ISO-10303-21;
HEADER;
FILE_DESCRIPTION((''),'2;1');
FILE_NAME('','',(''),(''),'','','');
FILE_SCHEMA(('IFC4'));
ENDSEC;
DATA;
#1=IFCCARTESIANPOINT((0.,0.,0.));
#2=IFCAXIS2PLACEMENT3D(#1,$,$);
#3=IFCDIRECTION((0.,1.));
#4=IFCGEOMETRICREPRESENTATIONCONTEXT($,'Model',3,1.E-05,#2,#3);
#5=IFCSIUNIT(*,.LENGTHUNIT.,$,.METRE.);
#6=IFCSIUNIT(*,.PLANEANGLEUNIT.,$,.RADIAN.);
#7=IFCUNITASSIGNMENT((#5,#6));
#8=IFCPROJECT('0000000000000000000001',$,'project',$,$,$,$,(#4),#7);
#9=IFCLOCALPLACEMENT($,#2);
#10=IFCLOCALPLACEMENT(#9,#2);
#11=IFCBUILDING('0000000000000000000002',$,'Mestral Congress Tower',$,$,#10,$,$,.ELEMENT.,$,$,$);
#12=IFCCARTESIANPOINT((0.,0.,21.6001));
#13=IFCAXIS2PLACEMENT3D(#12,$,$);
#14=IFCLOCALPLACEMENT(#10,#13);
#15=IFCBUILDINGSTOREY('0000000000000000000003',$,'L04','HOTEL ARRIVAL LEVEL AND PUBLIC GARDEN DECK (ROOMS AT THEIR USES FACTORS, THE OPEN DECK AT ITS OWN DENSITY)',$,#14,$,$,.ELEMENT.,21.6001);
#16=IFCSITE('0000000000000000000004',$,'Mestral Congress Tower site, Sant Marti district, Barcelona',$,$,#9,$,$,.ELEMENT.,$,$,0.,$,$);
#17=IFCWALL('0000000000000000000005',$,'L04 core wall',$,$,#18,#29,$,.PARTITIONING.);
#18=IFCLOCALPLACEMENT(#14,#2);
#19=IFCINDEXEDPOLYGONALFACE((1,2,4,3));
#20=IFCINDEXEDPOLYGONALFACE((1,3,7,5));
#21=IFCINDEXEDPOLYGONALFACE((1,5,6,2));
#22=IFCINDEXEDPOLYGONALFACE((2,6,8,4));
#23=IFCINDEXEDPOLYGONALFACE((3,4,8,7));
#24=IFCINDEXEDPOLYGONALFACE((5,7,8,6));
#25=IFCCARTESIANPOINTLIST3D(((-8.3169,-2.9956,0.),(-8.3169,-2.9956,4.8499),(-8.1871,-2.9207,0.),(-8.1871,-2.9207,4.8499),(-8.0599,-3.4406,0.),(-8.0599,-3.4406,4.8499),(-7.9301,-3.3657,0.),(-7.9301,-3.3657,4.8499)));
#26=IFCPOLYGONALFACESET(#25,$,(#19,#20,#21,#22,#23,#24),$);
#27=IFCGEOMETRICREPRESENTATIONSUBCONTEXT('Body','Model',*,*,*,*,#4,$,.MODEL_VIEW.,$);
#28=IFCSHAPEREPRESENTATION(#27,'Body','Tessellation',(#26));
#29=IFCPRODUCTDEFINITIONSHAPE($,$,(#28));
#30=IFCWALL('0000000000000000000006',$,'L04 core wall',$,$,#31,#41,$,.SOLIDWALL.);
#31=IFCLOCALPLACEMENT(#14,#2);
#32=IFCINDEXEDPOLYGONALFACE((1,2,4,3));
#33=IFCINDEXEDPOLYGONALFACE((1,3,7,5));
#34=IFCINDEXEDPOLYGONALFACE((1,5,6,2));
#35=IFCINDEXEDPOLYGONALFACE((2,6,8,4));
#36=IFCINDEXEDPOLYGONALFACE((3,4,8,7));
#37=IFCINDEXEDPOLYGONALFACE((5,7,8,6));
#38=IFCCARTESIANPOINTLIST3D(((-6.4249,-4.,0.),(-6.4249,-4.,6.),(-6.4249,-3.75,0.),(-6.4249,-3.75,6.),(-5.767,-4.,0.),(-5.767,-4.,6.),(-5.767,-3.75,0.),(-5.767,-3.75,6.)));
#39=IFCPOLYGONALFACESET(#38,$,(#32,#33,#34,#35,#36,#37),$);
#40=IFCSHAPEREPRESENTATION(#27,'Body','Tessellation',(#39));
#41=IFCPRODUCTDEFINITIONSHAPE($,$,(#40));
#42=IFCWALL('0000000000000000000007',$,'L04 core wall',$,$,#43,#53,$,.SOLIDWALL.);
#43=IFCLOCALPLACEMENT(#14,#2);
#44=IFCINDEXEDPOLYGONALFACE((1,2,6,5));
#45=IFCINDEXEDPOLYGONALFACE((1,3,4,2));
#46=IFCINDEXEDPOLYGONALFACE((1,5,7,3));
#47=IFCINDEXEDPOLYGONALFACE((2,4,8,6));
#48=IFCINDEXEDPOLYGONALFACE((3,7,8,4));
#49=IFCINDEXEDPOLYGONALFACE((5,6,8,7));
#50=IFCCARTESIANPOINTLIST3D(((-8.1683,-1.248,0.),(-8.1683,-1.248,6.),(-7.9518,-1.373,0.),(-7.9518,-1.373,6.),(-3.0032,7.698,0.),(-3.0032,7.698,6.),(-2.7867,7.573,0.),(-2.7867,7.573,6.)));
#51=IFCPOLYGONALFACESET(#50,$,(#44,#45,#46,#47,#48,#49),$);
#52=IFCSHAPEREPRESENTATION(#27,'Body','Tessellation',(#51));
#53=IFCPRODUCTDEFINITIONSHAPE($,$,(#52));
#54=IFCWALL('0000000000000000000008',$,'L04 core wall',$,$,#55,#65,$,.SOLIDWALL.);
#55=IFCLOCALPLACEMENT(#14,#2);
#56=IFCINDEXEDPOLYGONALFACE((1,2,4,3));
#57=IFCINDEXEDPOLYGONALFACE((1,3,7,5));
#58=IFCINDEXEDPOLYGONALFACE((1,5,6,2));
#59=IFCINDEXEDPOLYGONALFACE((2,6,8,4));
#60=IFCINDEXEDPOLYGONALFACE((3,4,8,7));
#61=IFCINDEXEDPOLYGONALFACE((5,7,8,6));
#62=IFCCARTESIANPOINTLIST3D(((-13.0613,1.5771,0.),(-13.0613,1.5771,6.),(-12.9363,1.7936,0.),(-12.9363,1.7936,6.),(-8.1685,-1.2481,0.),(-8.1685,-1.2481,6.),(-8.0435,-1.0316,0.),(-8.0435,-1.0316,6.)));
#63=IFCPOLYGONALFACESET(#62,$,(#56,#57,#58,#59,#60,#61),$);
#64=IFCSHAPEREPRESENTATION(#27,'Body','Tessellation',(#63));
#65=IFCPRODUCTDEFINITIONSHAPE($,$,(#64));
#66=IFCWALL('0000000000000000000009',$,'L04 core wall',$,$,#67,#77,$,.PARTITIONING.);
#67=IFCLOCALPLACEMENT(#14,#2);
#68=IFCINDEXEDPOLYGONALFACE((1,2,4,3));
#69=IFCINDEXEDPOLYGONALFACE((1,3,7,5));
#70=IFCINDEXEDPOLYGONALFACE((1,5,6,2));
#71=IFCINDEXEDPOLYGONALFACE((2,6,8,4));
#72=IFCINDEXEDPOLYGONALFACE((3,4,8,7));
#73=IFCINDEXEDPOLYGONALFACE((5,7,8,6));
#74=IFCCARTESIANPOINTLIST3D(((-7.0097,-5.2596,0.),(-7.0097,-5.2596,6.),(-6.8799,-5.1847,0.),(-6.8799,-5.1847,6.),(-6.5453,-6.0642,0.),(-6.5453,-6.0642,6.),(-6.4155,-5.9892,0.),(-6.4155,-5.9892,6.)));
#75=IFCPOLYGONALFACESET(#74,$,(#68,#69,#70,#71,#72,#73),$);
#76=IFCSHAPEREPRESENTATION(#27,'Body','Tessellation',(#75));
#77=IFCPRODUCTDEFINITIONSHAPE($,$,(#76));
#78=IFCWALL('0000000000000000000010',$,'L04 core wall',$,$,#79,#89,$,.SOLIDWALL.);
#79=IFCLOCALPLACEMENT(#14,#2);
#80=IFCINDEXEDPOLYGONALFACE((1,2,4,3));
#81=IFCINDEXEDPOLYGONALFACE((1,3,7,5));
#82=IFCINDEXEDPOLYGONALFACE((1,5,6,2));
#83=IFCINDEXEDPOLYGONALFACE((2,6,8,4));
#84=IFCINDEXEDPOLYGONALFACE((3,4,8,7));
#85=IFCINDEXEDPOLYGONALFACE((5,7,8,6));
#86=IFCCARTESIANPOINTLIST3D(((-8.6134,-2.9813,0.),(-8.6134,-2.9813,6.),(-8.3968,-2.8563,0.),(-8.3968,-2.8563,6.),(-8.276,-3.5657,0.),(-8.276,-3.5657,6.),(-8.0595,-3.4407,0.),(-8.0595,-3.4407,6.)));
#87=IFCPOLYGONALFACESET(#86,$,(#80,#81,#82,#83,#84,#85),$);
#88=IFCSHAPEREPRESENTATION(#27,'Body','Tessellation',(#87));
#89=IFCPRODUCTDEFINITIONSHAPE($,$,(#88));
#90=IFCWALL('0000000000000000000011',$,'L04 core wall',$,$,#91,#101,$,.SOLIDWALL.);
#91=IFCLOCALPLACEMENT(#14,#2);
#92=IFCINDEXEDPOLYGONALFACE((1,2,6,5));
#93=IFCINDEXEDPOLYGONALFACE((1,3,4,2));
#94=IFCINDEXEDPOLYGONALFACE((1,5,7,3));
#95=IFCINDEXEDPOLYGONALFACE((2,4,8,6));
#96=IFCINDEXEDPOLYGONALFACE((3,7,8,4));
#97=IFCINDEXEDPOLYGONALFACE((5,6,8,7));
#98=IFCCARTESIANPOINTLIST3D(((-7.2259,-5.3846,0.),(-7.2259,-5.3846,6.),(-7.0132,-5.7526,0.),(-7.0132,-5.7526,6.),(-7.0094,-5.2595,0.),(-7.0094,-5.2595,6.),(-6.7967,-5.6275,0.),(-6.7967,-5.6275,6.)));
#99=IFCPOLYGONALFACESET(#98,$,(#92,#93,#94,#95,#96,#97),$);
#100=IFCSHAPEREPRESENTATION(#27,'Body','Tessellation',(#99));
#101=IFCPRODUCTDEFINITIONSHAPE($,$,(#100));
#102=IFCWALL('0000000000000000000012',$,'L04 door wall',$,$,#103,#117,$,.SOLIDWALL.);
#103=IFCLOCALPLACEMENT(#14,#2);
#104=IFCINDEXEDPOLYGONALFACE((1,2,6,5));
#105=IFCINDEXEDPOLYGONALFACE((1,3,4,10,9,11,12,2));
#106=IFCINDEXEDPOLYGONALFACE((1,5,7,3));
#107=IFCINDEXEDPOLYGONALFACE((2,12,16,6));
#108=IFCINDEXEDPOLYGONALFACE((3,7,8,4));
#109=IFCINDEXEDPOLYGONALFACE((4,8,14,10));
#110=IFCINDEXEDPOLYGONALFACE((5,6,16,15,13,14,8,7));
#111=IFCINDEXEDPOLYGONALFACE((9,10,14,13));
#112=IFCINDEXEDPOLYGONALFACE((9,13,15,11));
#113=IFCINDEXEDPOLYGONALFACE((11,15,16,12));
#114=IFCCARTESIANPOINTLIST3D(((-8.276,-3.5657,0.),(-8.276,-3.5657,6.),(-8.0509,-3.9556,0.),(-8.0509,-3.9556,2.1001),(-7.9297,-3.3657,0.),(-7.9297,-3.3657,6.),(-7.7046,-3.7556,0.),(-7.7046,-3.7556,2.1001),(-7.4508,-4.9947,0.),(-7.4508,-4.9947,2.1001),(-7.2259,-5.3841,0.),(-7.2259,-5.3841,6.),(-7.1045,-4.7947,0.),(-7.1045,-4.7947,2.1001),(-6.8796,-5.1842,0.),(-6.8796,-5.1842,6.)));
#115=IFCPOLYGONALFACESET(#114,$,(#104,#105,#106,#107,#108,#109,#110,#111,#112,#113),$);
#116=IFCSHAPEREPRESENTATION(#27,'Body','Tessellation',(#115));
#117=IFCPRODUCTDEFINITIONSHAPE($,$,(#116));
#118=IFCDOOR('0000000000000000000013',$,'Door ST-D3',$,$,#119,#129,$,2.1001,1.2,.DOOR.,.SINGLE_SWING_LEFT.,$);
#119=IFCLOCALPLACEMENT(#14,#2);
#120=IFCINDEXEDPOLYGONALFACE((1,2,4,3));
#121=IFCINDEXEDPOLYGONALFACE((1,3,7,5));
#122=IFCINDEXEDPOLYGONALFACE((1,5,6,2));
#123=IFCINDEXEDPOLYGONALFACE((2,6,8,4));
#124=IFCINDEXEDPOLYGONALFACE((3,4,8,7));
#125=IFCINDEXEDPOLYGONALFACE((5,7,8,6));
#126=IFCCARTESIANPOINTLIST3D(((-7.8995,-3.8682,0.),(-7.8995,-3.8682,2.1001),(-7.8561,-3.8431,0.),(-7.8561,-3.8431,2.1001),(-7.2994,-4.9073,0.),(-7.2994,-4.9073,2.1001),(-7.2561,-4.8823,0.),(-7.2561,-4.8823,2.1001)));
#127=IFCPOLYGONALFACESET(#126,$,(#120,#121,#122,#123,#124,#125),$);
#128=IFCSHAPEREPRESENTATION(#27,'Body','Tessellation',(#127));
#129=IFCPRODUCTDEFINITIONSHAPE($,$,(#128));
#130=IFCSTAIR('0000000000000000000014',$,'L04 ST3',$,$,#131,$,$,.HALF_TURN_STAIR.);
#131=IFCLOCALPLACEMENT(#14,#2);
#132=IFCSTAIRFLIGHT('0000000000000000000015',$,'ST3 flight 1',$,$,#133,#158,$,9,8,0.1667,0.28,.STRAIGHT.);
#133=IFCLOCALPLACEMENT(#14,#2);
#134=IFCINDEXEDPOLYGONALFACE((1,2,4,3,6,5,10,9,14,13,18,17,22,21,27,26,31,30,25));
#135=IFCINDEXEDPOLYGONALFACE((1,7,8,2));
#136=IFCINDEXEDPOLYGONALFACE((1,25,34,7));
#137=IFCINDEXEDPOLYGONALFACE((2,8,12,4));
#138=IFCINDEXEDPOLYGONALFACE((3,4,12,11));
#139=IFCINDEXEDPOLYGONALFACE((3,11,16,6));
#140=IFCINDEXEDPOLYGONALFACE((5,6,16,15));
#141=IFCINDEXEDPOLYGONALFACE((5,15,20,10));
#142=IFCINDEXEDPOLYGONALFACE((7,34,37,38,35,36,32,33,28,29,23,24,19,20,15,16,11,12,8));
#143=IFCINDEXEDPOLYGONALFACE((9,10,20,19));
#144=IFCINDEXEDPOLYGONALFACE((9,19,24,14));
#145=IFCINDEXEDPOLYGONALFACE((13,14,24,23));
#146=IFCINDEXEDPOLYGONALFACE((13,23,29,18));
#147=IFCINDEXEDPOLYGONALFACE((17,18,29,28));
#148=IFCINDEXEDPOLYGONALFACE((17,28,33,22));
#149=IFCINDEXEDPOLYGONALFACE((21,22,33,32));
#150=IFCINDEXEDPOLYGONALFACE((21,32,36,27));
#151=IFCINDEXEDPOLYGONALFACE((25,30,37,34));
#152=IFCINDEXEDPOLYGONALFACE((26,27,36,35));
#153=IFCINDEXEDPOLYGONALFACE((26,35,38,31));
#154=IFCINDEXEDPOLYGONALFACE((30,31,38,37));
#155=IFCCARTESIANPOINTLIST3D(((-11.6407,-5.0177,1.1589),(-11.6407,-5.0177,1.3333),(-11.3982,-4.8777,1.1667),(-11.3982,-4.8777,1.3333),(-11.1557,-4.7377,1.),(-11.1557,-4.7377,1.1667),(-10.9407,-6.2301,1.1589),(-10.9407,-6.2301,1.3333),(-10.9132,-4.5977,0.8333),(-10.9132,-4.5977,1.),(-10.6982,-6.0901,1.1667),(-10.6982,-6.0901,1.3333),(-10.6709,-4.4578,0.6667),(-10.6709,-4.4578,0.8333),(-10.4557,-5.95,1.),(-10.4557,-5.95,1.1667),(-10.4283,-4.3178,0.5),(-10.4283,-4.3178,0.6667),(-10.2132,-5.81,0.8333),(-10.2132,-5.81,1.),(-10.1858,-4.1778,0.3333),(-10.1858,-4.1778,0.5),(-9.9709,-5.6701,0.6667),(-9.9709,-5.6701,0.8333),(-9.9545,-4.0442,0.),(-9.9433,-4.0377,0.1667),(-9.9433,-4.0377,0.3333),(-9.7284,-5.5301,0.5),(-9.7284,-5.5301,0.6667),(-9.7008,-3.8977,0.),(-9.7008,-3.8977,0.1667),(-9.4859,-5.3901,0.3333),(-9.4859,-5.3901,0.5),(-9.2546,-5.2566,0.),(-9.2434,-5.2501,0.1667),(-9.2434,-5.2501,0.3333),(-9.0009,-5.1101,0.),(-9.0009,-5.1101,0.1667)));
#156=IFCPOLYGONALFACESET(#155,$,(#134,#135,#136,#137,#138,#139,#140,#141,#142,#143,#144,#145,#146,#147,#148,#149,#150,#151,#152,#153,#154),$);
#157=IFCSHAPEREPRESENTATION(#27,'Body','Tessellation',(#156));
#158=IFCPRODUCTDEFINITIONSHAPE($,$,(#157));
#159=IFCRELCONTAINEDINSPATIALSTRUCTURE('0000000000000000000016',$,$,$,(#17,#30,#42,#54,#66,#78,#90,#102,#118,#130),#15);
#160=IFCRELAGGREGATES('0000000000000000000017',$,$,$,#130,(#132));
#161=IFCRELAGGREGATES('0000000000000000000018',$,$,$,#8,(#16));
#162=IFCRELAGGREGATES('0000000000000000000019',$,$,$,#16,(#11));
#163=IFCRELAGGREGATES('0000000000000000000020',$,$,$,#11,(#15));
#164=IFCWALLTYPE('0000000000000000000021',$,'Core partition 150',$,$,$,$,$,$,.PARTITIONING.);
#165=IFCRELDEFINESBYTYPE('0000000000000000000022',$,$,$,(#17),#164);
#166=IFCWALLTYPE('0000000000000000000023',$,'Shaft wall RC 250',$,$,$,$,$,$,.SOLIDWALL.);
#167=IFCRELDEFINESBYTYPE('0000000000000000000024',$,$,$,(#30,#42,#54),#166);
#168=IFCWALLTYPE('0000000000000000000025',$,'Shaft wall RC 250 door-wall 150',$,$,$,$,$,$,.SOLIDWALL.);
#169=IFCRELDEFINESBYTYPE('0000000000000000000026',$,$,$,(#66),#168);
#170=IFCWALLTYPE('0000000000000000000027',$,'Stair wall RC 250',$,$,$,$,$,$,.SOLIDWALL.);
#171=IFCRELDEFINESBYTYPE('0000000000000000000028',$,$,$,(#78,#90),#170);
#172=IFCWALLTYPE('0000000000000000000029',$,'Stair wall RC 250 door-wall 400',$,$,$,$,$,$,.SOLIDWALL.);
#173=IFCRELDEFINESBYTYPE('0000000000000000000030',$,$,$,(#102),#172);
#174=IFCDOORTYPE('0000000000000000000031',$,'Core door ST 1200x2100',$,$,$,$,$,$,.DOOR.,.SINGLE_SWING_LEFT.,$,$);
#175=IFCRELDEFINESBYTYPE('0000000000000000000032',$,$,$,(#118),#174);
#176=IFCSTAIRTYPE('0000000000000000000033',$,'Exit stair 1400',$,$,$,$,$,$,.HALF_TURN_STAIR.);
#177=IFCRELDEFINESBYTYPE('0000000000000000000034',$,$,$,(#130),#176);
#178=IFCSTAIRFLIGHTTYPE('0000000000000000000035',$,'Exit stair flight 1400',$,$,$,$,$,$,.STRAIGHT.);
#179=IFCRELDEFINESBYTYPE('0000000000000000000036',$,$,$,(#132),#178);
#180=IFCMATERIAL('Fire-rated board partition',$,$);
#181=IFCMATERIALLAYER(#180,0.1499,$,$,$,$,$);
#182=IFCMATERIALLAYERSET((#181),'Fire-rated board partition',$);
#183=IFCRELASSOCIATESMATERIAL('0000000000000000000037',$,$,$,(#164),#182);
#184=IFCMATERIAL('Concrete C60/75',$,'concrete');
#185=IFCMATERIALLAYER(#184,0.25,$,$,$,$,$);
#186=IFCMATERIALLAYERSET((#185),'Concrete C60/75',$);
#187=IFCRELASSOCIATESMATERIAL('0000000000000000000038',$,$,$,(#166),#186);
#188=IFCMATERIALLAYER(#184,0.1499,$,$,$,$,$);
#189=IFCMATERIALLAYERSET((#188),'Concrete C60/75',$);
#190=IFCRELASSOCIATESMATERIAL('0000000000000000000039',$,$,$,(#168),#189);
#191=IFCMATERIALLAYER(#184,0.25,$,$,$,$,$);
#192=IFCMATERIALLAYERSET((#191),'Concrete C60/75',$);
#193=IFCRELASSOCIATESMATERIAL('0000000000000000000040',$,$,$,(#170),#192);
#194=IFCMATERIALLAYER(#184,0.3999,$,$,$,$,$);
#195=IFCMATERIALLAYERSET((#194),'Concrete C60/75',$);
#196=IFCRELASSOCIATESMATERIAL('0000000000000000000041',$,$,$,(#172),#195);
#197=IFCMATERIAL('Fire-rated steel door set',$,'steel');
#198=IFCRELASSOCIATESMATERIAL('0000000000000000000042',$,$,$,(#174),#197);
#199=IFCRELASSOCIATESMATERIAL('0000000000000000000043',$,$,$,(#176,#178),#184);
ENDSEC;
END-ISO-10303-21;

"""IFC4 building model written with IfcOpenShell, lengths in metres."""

from ifc_helpers import new_model, si_unit, direction, frame, frame_2d, origin, place, context, subcontext, project, spatial, polyline, rectangle, outline, extrude, material, layer, layer_set, type_object, element, fill, aggregate, save


model = new_model("IFC4")

# Units and contexts
model_context = context("Model", 3, precision=1e-05, world=origin(), true_north=direction((0.0, 1.0)))
body_context = subcontext(model_context, "Body", "Model", "MODEL_VIEW")
ifc_project = project(units=[si_unit("LENGTHUNIT", "METRE"), si_unit("PLANEANGLEUNIT", "RADIAN")], contexts=[model_context])

# Site, building, storey
site_placement = place(None, origin())
site = spatial("IfcSite", under=ifc_project, at=site_placement, Name="Mestral Congress Tower site, Sant Marti district, Barcelona", CompositionType="ELEMENT", RefElevation=0.0)
building_placement = place(site_placement, origin())
building = spatial("IfcBuilding", under=site, at=building_placement, Name="Mestral Congress Tower", CompositionType="ELEMENT")
storey_placement = place(building_placement, frame((0.0, 0.0, 21.6001)))
storey = spatial("IfcBuildingStorey", under=building, at=storey_placement, Name="L04", Description="HOTEL ARRIVAL LEVEL AND PUBLIC GARDEN DECK (ROOMS AT THEIR USES FACTORS, THE OPEN DECK AT ITS OWN DENSITY)", CompositionType="ELEMENT", Elevation=21.6001)

# Walls
ifc_material_1 = material(Name="Fire-rated board partition")
ifc_layer_1 = layer(ifc_material_1, 0.1499)
ifc_layer_set_1 = layer_set([ifc_layer_1], Name="Fire-rated board partition")
wall_type_1 = type_object("IfcWallType", Name="Core partition 150", PredefinedType="PARTITIONING", material=ifc_layer_set_1)
wall_1_placement = place(storey_placement, frame((-8.252, -2.9583, 0.0), z_axis=(0.0, 0.0, 1.0), x_axis=(0.500175, -0.865925, 0.0)))
element("IfcWall", 1, at=wall_1_placement, inside=storey, type_object=wall_type_1, Name="L04 core wall", PredefinedType="PARTITIONING", context=body_context, shape_type="SweptSolid", body=[
    extrude(rectangle(XDim=0.5139, YDim=0.1499, at=frame_2d((0.2568, 0.0))), origin(), (0.0, 0.0, 1.0), 4.8499),
])
ifc_material_2 = material(Name="Concrete C60/75", Category="concrete")
ifc_layer_2 = layer(ifc_material_2, 0.25)
ifc_layer_set_2 = layer_set([ifc_layer_2], Name="Concrete C60/75")
wall_type_2 = type_object("IfcWallType", Name="Shaft wall RC 250", PredefinedType="SOLIDWALL", material=ifc_layer_set_2)
wall_2_placement = place(storey_placement, frame((-6.425, -3.875, 0.0), z_axis=(0.0, 0.0, 1.0), x_axis=(1.0, 0.0, 0.0)))
element("IfcWall", 2, at=wall_2_placement, inside=storey, type_object=wall_type_2, Name="L04 core wall", PredefinedType="SOLIDWALL", context=body_context, shape_type="SweptSolid", body=[
    extrude(rectangle(XDim=0.658, YDim=0.25, at=frame_2d((0.3291, 0.0))), origin(), (0.0, 0.0, 1.0), 6.0),
])
wall_3_placement = place(storey_placement, frame((-8.0601, -1.3105, 0.0), z_axis=(0.0, 0.0, 1.0), x_axis=(0.500003, 0.866024, 0.0)))
element("IfcWall", 3, at=wall_3_placement, inside=storey, type_object=wall_type_2, Name="L04 core wall", PredefinedType="SOLIDWALL", context=body_context, shape_type="SweptSolid", body=[
    extrude(rectangle(XDim=10.3301, YDim=0.25, at=frame_2d((5.165, 0.0))), origin(), (0.0, 0.0, 1.0), 6.0),
])
wall_4_placement = place(storey_placement, frame((-8.106, -1.1399, 0.0), z_axis=(0.0, 0.0, 1.0), x_axis=(-0.866001, 0.500043, 0.0)))
element("IfcWall", 4, at=wall_4_placement, inside=storey, type_object=wall_type_2, Name="L04 core wall", PredefinedType="SOLIDWALL", context=body_context, shape_type="SweptSolid", body=[
    extrude(rectangle(XDim=5.6499, YDim=0.25, at=frame_2d((2.825, 0.0))), origin(), (0.0, 0.0, 1.0), 6.0),
])
ifc_layer_3 = layer(ifc_material_2, 0.1499)
ifc_layer_set_3 = layer_set([ifc_layer_3], Name="Concrete C60/75")
wall_type_3 = type_object("IfcWallType", Name="Shaft wall RC 250 door-wall 150", PredefinedType="SOLIDWALL", material=ifc_layer_set_3)
wall_5_placement = place(storey_placement, frame((-6.4805, -6.0266, 0.0), z_axis=(0.0, 0.0, 1.0), x_axis=(-0.499927, 0.866067, 0.0)))
element("IfcWall", 5, at=wall_5_placement, inside=storey, type_object=wall_type_3, Name="L04 core wall", PredefinedType="PARTITIONING", context=body_context, shape_type="SweptSolid", body=[
    extrude(rectangle(XDim=0.929, YDim=0.1499, at=frame_2d((0.4644, 0.0))), origin(), (0.0, 0.0, 1.0), 6.0),
])
ifc_layer_4 = layer(ifc_material_2, 0.25)
ifc_layer_set_4 = layer_set([ifc_layer_4], Name="Concrete C60/75")
wall_type_4 = type_object("IfcWallType", Name="Stair wall RC 250", PredefinedType="SOLIDWALL", material=ifc_layer_set_4)
wall_6_placement = place(storey_placement, frame((-8.1677, -3.5032, 0.0), z_axis=(0.0, 0.0, 1.0), x_axis=(-0.499952, 0.866053, 0.0)))
element("IfcWall", 6, at=wall_6_placement, inside=storey, type_object=wall_type_4, Name="L04 core wall", PredefinedType="SOLIDWALL", context=body_context, shape_type="SweptSolid", body=[
    extrude(rectangle(XDim=0.6748, YDim=0.25, at=frame_2d((0.3374, 0.0))), origin(), (0.0, 0.0, 1.0), 6.0),
])
wall_7_placement = place(storey_placement, frame((-6.905, -5.6899, 0.0), z_axis=(0.0, 0.0, 1.0), x_axis=(-0.500402, 0.865793, 0.0)))
element("IfcWall", 7, at=wall_7_placement, inside=storey, type_object=wall_type_4, Name="L04 core wall", PredefinedType="SOLIDWALL", context=body_context, shape_type="SweptSolid", body=[
    extrude(rectangle(XDim=0.425, YDim=0.25, at=frame_2d((0.2124, 0.0))), origin(), (0.0, 0.0, 1.0), 6.0),
])

# Wall, opening, door
ifc_layer_5 = layer(ifc_material_2, 0.3999)
ifc_layer_set_5 = layer_set([ifc_layer_5], Name="Concrete C60/75")
wall_type_5 = type_object("IfcWallType", Name="Stair wall RC 250 door-wall 400", PredefinedType="SOLIDWALL", material=ifc_layer_set_5)
wall_8_placement = place(storey_placement, frame((-8.1028, -3.4658, 0.0), z_axis=(0.0, 0.0, 1.0), x_axis=(0.500078, -0.86598, 0.0)))
wall_8 = element("IfcWall", 8, at=wall_8_placement, inside=storey, type_object=wall_type_5, Name="L04 door wall", PredefinedType="SOLIDWALL", context=body_context, shape_type="SweptSolid", body=[
    extrude(rectangle(XDim=2.0999, YDim=0.3999, at=frame_2d((1.0498, 0.0))), origin(), (0.0, 0.0, 1.0), 6.0),
])
opening_placement = place(wall_8_placement, frame((0.45, 0.0, 0.0)))
opening = element("IfcOpeningElement", 9, at=opening_placement, cuts=wall_8, PredefinedType="OPENING", context=body_context, shape_type="SweptSolid", body=[
    extrude(rectangle(XDim=1.2, YDim=2.1001, at=frame_2d((0.6001, 1.05))), frame((0.0, 0.21, 0.0), z_axis=(0.0, -1.0, 0.0), x_axis=(1.0, 0.0, 0.0)), (0.0, 0.0, 1.0), 0.4199),
])
ifc_material_3 = material(Name="Fire-rated steel door set", Category="steel")
door_type = type_object("IfcDoorType", Name="Core door ST 1200x2100", OperationType="SINGLE_SWING_LEFT", PredefinedType="DOOR", material=ifc_material_3)
door_placement = place(opening_placement, origin())
door = element("IfcDoor", 10, at=door_placement, inside=storey, type_object=door_type, Name="Door ST-D3", OperationType="SINGLE_SWING_LEFT", OverallHeight=2.1001, OverallWidth=1.2, PredefinedType="DOOR", context=body_context, shape_type="SweptSolid", body=[
    extrude(rectangle(XDim=1.2, YDim=2.1001, at=frame_2d((0.6001, 1.05))), frame((0.0, 0.0249, 0.0), z_axis=(0.0, -1.0, 0.0), x_axis=(1.0, 0.0, 0.0)), (0.0, 0.0, 1.0), 0.05),
])
fill(opening, door)

# Stair, stair flight
stair_type = type_object("IfcStairType", Name="Exit stair 1400", PredefinedType="HALF_TURN_STAIR", material=ifc_material_2)
stair_placement = place(storey_placement, origin())
stair = element("IfcStair", 11, at=stair_placement, inside=storey, type_object=stair_type, Name="L04 ST3", PredefinedType="HALF_TURN_STAIR")
stair_flight_type = type_object("IfcStairFlightType", Name="Exit stair flight 1400", PredefinedType="STRAIGHT", material=ifc_material_2)
stair_flight_1_placement = place(storey_placement, frame((-9.3508, -4.5039, 0.0), z_axis=(0.0, 0.0, 1.0), x_axis=(-0.866025, -0.5, 0.0)))
stair_flight_1 = element("IfcStairFlight", 12, at=stair_flight_1_placement, type_object=stair_flight_type, Name="ST3 flight 1", NumberOfRisers=9, NumberOfTreads=8, PredefinedType="STRAIGHT", RiserHeight=0.1667, TreadLength=0.28, context=body_context, shape_type="SweptSolid", body=[
    extrude(outline(polyline([(0.0, 0.0), (0.0, 0.1667), (0.28, 0.1667), (0.28, 0.3333), (0.5601, 0.3333), (0.5601, 0.5), (0.8401, 0.5), (0.8401, 0.6667), (1.1201, 0.6667), (1.1201, 0.8333), (1.3999, 0.8333), (1.3999, 1.0), (1.6799, 1.0), (1.6799, 1.1667), (1.96, 1.1667), (1.96, 1.3333), (2.24, 1.3333), (2.24, 1.5), (2.24, 1.1589), (0.293, 0.0), (0.0, 0.0)])), frame((0.0, 0.7, 0.0), z_axis=(0.0, -1.0, 0.0), x_axis=(1.0, 0.0, 0.0)), (0.0, 0.0, 1.0), 1.3999),
])
aggregate(stair, [stair_flight_1])

save(model, "model.ifc")
